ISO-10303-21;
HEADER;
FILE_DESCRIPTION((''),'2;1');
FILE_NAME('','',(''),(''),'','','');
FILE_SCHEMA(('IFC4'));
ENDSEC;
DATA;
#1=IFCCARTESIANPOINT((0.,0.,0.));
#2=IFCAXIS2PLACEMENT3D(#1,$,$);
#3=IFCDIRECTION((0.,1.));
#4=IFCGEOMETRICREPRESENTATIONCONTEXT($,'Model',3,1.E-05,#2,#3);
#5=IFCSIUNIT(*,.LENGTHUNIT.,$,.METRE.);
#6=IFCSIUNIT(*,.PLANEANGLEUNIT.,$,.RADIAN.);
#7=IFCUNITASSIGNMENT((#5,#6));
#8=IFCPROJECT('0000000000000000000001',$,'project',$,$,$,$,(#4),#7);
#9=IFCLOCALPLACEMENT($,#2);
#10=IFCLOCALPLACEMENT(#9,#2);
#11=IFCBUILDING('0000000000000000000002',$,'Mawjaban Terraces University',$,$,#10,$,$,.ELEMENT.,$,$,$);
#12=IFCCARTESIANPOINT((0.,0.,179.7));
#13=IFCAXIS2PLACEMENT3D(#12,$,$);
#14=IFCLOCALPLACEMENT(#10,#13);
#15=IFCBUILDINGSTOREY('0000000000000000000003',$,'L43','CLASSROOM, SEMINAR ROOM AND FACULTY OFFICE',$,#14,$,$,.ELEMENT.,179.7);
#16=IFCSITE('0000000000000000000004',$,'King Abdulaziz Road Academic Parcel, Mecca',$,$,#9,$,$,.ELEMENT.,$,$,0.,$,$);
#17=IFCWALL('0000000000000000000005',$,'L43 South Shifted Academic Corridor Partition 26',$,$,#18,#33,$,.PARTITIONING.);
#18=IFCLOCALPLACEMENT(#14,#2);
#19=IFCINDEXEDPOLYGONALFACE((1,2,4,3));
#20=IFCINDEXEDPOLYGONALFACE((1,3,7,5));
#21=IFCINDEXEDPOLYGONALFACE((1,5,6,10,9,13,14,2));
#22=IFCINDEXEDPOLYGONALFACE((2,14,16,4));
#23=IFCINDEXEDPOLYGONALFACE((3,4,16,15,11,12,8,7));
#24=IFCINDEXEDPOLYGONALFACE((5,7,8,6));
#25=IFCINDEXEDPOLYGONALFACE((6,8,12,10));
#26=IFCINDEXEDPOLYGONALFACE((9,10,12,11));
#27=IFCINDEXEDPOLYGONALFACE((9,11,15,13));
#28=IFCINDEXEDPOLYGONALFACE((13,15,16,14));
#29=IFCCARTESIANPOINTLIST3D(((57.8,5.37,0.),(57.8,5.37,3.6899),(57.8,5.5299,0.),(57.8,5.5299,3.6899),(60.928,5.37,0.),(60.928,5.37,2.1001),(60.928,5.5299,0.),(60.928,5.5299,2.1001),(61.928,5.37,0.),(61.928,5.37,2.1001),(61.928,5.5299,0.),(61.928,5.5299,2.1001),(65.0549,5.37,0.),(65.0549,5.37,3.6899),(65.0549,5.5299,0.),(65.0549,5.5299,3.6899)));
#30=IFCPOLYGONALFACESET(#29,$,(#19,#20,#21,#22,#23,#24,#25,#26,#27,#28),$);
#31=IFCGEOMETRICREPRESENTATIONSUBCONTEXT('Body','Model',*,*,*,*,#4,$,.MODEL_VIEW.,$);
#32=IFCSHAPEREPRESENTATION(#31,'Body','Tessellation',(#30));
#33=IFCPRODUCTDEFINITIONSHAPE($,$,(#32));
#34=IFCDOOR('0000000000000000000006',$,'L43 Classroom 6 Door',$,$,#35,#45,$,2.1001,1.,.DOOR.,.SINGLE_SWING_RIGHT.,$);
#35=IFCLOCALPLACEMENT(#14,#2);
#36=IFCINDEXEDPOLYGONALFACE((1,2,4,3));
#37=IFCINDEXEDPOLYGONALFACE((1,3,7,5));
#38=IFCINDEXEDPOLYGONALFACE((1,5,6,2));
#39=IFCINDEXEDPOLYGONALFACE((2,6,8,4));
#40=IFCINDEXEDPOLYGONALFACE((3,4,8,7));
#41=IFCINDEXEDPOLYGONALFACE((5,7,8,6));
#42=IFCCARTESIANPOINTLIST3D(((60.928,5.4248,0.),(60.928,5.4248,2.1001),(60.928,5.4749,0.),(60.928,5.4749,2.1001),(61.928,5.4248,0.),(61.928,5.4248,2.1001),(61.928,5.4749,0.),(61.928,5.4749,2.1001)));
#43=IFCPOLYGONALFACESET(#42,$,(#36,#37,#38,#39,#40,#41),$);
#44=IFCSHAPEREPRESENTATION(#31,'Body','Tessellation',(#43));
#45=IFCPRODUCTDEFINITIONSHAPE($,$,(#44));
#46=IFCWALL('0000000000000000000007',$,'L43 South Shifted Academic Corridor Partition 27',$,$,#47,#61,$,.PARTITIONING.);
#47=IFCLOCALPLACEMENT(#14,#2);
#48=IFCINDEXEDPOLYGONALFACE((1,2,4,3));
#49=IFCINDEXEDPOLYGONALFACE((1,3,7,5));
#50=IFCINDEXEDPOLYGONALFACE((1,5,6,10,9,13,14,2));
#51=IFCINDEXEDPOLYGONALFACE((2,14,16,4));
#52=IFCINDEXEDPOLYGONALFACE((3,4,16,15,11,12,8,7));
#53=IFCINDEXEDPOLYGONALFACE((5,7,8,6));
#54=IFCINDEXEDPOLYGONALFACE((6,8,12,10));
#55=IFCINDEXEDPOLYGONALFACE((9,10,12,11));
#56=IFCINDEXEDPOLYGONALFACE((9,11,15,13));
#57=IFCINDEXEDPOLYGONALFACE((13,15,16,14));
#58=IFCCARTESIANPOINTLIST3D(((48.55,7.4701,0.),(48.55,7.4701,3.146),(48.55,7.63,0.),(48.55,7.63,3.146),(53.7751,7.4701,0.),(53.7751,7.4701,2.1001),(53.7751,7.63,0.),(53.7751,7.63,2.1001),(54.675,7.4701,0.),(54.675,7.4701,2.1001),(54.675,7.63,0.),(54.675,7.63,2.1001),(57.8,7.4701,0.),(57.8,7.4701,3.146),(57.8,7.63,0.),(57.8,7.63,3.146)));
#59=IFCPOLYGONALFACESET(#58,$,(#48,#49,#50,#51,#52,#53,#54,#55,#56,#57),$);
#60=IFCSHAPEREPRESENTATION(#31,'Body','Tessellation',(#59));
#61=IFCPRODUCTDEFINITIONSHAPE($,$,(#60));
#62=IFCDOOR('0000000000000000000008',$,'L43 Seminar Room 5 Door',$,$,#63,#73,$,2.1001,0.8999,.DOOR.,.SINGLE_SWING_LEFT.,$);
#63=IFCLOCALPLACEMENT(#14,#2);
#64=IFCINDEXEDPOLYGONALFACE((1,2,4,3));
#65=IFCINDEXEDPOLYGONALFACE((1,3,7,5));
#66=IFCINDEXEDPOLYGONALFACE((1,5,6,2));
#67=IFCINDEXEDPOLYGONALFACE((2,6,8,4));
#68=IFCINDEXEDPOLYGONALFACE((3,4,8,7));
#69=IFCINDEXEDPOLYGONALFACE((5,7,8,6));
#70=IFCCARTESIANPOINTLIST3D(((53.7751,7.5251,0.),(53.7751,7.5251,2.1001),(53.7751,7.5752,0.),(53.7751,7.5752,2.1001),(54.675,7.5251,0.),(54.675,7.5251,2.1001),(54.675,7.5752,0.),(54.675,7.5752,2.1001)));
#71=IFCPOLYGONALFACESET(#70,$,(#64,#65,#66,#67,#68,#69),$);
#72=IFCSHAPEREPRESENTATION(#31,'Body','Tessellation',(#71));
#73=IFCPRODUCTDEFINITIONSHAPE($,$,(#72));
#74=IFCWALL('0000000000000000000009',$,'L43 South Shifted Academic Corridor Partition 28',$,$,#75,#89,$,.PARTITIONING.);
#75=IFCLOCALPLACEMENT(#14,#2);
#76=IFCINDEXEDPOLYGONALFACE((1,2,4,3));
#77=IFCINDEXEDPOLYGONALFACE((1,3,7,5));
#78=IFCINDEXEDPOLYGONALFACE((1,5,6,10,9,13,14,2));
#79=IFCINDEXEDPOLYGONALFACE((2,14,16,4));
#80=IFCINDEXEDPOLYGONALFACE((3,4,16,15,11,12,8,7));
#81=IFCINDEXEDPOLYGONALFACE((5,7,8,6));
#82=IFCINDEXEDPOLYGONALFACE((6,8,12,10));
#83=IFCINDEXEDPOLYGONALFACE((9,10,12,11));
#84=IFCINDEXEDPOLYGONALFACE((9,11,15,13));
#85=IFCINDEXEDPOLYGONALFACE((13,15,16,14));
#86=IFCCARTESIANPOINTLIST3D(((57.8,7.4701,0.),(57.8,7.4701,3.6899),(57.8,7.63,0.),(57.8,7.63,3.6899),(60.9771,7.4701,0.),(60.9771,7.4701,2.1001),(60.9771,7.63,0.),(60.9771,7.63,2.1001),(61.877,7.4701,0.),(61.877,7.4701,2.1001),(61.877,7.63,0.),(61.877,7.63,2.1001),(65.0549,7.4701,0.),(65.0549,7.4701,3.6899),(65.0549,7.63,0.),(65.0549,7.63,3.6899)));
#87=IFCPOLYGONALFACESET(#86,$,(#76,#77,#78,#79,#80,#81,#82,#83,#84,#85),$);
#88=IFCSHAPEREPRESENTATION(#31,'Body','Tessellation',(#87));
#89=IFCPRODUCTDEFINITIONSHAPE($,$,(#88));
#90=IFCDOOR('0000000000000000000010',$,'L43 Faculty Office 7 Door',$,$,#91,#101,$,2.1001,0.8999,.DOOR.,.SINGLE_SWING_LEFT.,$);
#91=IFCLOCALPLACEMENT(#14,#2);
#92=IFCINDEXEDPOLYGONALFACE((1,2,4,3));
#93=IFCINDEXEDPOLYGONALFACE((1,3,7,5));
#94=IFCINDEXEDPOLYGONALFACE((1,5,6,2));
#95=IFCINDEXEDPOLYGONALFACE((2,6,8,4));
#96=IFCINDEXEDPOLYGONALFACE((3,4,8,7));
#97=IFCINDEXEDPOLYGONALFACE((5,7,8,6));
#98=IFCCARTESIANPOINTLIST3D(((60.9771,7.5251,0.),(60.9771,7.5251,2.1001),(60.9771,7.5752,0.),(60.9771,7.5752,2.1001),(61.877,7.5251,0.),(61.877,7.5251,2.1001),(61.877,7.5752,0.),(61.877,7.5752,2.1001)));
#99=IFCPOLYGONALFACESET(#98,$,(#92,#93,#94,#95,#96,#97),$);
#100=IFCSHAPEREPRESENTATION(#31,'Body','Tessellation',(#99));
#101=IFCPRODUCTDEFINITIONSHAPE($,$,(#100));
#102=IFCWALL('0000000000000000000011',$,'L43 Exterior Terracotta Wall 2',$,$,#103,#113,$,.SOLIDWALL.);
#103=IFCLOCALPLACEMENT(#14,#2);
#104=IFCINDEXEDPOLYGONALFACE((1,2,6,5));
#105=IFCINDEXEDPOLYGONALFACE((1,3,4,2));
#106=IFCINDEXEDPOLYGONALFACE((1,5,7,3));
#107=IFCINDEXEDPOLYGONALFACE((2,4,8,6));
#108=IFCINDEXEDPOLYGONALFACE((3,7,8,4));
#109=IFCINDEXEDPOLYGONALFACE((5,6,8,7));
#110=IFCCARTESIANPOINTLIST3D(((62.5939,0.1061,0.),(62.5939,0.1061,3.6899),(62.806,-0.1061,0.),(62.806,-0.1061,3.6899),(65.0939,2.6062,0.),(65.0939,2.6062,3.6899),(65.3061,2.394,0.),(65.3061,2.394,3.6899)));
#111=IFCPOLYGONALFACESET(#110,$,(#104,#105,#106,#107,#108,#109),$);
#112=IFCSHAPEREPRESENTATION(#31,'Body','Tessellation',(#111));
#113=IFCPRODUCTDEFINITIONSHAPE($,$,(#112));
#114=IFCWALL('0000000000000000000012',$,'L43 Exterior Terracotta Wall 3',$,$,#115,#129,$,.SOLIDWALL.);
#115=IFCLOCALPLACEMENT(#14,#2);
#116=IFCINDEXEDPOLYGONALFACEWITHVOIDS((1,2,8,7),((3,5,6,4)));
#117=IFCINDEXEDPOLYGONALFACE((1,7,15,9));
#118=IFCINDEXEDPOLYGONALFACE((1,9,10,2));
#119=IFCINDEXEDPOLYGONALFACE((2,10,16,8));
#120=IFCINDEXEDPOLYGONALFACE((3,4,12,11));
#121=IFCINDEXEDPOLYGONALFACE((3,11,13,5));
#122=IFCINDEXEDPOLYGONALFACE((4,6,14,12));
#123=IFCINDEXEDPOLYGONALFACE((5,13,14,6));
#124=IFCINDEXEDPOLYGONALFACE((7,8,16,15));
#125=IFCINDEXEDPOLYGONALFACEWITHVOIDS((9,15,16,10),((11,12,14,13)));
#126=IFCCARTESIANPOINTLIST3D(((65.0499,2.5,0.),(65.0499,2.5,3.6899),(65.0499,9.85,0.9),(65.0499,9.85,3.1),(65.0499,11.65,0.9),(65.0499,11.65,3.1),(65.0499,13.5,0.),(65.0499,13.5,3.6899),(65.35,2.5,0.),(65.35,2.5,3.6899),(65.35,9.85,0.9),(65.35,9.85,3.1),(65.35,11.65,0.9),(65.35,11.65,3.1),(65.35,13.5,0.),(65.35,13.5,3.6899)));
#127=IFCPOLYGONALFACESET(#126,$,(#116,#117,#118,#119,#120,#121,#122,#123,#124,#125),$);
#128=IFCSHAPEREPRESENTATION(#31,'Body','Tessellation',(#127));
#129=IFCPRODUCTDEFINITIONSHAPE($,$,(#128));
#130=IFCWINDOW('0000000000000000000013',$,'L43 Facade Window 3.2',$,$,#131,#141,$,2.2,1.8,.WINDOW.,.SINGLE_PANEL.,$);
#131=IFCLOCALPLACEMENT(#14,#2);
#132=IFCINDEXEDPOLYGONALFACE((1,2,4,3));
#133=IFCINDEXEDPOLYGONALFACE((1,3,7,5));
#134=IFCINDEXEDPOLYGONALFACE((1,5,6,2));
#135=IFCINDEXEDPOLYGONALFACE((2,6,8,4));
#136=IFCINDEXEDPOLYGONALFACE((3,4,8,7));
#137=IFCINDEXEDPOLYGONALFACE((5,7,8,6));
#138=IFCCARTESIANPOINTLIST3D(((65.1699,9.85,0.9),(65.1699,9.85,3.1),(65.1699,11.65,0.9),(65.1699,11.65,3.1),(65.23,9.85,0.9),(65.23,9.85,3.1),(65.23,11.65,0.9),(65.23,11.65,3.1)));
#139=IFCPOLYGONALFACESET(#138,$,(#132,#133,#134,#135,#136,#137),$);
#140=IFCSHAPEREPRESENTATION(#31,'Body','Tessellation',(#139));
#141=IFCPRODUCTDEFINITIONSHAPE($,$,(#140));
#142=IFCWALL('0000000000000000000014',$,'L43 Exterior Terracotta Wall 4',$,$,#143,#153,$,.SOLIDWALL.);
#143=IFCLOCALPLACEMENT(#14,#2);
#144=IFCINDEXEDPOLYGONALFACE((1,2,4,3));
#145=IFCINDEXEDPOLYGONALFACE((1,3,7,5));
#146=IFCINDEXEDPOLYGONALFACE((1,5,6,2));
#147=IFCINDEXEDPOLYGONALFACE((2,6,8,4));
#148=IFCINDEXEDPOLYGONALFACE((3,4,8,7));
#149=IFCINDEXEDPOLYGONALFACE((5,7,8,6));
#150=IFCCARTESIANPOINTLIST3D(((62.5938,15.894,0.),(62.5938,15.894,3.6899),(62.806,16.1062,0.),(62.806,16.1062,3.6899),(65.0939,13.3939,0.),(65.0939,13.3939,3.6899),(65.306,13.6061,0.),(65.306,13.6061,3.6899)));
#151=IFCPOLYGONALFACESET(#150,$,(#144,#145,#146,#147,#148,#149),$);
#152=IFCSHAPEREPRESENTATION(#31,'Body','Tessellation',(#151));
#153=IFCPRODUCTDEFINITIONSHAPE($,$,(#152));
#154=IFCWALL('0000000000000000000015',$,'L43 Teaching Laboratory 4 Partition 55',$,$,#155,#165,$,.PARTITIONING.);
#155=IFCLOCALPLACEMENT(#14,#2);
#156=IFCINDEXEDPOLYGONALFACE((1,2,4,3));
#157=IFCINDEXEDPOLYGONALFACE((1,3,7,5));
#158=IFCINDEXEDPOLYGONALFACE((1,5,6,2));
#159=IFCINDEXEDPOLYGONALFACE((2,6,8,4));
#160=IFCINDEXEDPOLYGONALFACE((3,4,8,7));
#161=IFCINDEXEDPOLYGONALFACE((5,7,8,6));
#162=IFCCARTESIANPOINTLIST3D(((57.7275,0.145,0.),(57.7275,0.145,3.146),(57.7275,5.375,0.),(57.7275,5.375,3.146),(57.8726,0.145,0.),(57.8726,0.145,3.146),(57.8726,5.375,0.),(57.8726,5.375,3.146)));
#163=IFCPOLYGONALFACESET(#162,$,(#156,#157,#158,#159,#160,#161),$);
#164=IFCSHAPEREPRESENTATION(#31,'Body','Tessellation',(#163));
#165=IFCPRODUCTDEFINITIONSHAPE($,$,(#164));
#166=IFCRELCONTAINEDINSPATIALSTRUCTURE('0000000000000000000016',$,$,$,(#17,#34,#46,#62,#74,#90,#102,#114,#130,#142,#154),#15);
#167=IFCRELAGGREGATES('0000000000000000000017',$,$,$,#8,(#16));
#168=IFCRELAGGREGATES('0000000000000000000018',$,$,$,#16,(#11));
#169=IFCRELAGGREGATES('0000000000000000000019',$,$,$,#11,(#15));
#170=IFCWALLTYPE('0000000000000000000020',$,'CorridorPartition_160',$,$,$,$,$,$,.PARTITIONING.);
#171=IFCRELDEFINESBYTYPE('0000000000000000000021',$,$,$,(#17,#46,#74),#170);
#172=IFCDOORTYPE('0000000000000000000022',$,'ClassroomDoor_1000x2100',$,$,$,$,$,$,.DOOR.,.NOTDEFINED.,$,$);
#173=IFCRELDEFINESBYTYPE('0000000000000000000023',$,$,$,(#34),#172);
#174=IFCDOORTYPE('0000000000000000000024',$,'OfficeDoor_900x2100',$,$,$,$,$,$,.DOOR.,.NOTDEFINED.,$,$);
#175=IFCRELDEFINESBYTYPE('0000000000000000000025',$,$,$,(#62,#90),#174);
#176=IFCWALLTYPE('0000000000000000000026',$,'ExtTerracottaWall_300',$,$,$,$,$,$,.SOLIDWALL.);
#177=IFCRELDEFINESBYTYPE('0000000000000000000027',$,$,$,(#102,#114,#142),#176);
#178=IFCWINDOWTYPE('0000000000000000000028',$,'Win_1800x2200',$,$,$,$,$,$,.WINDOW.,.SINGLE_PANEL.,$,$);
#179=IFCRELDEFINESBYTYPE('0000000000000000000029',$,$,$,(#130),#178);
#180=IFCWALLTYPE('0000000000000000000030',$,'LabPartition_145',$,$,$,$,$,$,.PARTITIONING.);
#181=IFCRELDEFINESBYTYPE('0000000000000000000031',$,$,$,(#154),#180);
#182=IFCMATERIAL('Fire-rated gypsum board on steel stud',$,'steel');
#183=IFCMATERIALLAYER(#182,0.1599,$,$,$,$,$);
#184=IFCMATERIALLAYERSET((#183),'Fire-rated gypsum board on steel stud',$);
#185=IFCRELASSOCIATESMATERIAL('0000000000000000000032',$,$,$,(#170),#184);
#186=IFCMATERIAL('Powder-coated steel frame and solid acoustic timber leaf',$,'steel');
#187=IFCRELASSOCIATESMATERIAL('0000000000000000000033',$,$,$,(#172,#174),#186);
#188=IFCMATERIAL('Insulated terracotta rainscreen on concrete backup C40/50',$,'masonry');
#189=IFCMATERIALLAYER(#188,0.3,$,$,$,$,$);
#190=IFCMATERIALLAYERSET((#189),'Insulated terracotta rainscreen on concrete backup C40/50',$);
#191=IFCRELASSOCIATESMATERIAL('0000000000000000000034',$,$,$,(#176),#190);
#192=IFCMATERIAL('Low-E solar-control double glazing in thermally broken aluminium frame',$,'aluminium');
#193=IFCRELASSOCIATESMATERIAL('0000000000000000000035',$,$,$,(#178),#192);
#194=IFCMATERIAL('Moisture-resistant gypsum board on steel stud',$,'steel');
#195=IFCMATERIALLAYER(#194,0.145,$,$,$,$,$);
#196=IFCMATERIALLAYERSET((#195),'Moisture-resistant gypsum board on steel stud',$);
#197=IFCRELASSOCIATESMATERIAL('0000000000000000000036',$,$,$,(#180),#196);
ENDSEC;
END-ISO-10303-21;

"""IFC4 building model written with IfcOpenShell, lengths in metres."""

from ifc_helpers import new_model, si_unit, direction, frame, frame_2d, origin, place, context, subcontext, project, spatial, rectangle, extrude, material, layer, layer_set, type_object, element, fill, save


model = new_model("IFC4")

# Units and contexts
model_context = context("Model", 3, precision=1e-05, world=origin(), true_north=direction((0.0, 1.0)))
body_context = subcontext(model_context, "Body", "Model", "MODEL_VIEW")
ifc_project = project(units=[si_unit("LENGTHUNIT", "METRE"), si_unit("PLANEANGLEUNIT", "RADIAN")], contexts=[model_context])

# Site, building, storey
site_placement = place(None, origin())
site = spatial("IfcSite", under=ifc_project, at=site_placement, Name="King Abdulaziz Road Academic Parcel, Mecca", CompositionType="ELEMENT", RefElevation=0.0)
building_placement = place(site_placement, origin())
building = spatial("IfcBuilding", under=site, at=building_placement, Name="Mawjaban Terraces University", CompositionType="ELEMENT")
storey_placement = place(building_placement, frame((0.0, 0.0, 179.7)))
storey = spatial("IfcBuildingStorey", under=building, at=storey_placement, Name="L43", Description="CLASSROOM, SEMINAR ROOM AND FACULTY OFFICE", CompositionType="ELEMENT", Elevation=179.7)

# Walls, openings, doors
ifc_material_1 = material(Name="Fire-rated gypsum board on steel stud", Category="steel")
ifc_layer_1 = layer(ifc_material_1, 0.1599)
ifc_layer_set_1 = layer_set([ifc_layer_1], Name="Fire-rated gypsum board on steel stud")
wall_type_1 = type_object("IfcWallType", Name="CorridorPartition_160", PredefinedType="PARTITIONING", material=ifc_layer_set_1)
wall_1_placement = place(storey_placement, frame((57.8, 5.45, 0.0), z_axis=(0.0, 0.0, 1.0), x_axis=(1.0, 0.0, 0.0)))
wall_1 = element("IfcWall", 1, at=wall_1_placement, inside=storey, type_object=wall_type_1, Name="L43 South Shifted Academic Corridor Partition 26", PredefinedType="PARTITIONING", context=body_context, shape_type="SweptSolid", body=[
    extrude(rectangle(XDim=7.2549, YDim=0.1599, at=frame_2d((3.6274, 0.0))), origin(), (0.0, 0.0, 1.0), 3.6899),
])
opening_1_placement = place(wall_1_placement, frame((3.1279, 0.0, 0.0)))
opening_1 = element("IfcOpeningElement", 2, at=opening_1_placement, cuts=wall_1, PredefinedType="OPENING", context=body_context, shape_type="SweptSolid", body=[
    extrude(rectangle(XDim=1.0, YDim=2.1001, at=frame_2d((0.5, 1.05))), frame((0.0, 0.0898, 0.0), z_axis=(0.0, -1.0, 0.0), x_axis=(1.0, 0.0, 0.0)), (0.0, 0.0, 1.0), 0.1799),
])
ifc_material_2 = material(Name="Powder-coated steel frame and solid acoustic timber leaf", Category="steel")
door_type_1 = type_object("IfcDoorType", Name="ClassroomDoor_1000x2100", OperationType="NOTDEFINED", PredefinedType="DOOR", material=ifc_material_2)
door_1_placement = place(opening_1_placement, origin())
door_1 = element("IfcDoor", 3, at=door_1_placement, inside=storey, type_object=door_type_1, Name="L43 Classroom 6 Door", OperationType="SINGLE_SWING_RIGHT", OverallHeight=2.1001, OverallWidth=1.0, PredefinedType="DOOR", context=body_context, shape_type="SweptSolid", body=[
    extrude(rectangle(XDim=1.0, YDim=2.1001, at=frame_2d((0.5, 1.05))), frame((0.0, 0.0249, 0.0), z_axis=(0.0, -1.0, 0.0), x_axis=(1.0, 0.0, 0.0)), (0.0, 0.0, 1.0), 0.05),
])
fill(opening_1, door_1)
wall_2_placement = place(storey_placement, frame((57.8, 7.55, 0.0), z_axis=(0.0, 0.0, 1.0), x_axis=(-1.0, 0.0, 0.0)))
wall_2 = element("IfcWall", 4, at=wall_2_placement, inside=storey, type_object=wall_type_1, Name="L43 South Shifted Academic Corridor Partition 27", PredefinedType="PARTITIONING", context=body_context, shape_type="SweptSolid", body=[
    extrude(rectangle(XDim=9.25, YDim=0.1599, at=frame_2d((4.625, 0.0))), origin(), (0.0, 0.0, 1.0), 3.146),
])
opening_2_placement = place(wall_2_placement, frame((3.125, 0.0, 0.0)))
opening_2 = element("IfcOpeningElement", 5, at=opening_2_placement, cuts=wall_2, PredefinedType="OPENING", context=body_context, shape_type="SweptSolid", body=[
    extrude(rectangle(XDim=0.8999, YDim=2.1001, at=frame_2d((0.45, 1.05))), frame((0.0, 0.0898, 0.0), z_axis=(0.0, -1.0, 0.0), x_axis=(1.0, 0.0, 0.0)), (0.0, 0.0, 1.0), 0.1799),
])
door_type_2 = type_object("IfcDoorType", Name="OfficeDoor_900x2100", OperationType="NOTDEFINED", PredefinedType="DOOR", material=ifc_material_2)
door_2_placement = place(opening_2_placement, origin())
door_2 = element("IfcDoor", 6, at=door_2_placement, inside=storey, type_object=door_type_2, Name="L43 Seminar Room 5 Door", OperationType="SINGLE_SWING_LEFT", OverallHeight=2.1001, OverallWidth=0.8999, PredefinedType="DOOR", context=body_context, shape_type="SweptSolid", body=[
    extrude(rectangle(XDim=0.8999, YDim=2.1001, at=frame_2d((0.45, 1.05))), frame((0.0, 0.0249, 0.0), z_axis=(0.0, -1.0, 0.0), x_axis=(1.0, 0.0, 0.0)), (0.0, 0.0, 1.0), 0.05),
])
fill(opening_2, door_2)
wall_3_placement = place(storey_placement, frame((65.0549, 7.55, 0.0), z_axis=(0.0, 0.0, 1.0), x_axis=(-1.0, 0.0, 0.0)))
wall_3 = element("IfcWall", 7, at=wall_3_placement, inside=storey, type_object=wall_type_1, Name="L43 South Shifted Academic Corridor Partition 28", PredefinedType="PARTITIONING", context=body_context, shape_type="SweptSolid", body=[
    extrude(rectangle(XDim=7.2549, YDim=0.1599, at=frame_2d((3.6274, 0.0))), origin(), (0.0, 0.0, 1.0), 3.6899),
])
opening_3_placement = place(wall_3_placement, frame((3.178, 0.0, 0.0)))
opening_3 = element("IfcOpeningElement", 8, at=opening_3_placement, cuts=wall_3, PredefinedType="OPENING", context=body_context, shape_type="SweptSolid", body=[
    extrude(rectangle(XDim=0.8999, YDim=2.1001, at=frame_2d((0.45, 1.05))), frame((0.0, 0.0898, 0.0), z_axis=(0.0, -1.0, 0.0), x_axis=(1.0, 0.0, 0.0)), (0.0, 0.0, 1.0), 0.1799),
])
door_3_placement = place(opening_3_placement, origin())
door_3 = element("IfcDoor", 9, at=door_3_placement, inside=storey, type_object=door_type_2, Name="L43 Faculty Office 7 Door", OperationType="SINGLE_SWING_LEFT", OverallHeight=2.1001, OverallWidth=0.8999, PredefinedType="DOOR", context=body_context, shape_type="SweptSolid", body=[
    extrude(rectangle(XDim=0.8999, YDim=2.1001, at=frame_2d((0.45, 1.05))), frame((0.0, 0.0249, 0.0), z_axis=(0.0, -1.0, 0.0), x_axis=(1.0, 0.0, 0.0)), (0.0, 0.0, 1.0), 0.05),
])
fill(opening_3, door_3)

# Wall
ifc_material_3 = material(Name="Insulated terracotta rainscreen on concrete backup C40/50", Category="masonry")
ifc_layer_2 = layer(ifc_material_3, 0.3)
ifc_layer_set_2 = layer_set([ifc_layer_2], Name="Insulated terracotta rainscreen on concrete backup C40/50")
wall_type_2 = type_object("IfcWallType", Name="ExtTerracottaWall_300", PredefinedType="SOLIDWALL", material=ifc_layer_set_2)
wall_4_placement = place(storey_placement, frame((62.7, 0.0, 0.0), z_axis=(0.0, 0.0, 1.0), x_axis=(0.707107, 0.707107, 0.0)))
element("IfcWall", 10, at=wall_4_placement, inside=storey, type_object=wall_type_2, Name="L43 Exterior Terracotta Wall 2", PredefinedType="SOLIDWALL", context=body_context, shape_type="SweptSolid", body=[
    extrude(rectangle(XDim=3.5356, YDim=0.3, at=frame_2d((1.7678, 0.0))), origin(), (0.0, 0.0, 1.0), 3.6899),
])

# Wall, opening, window
wall_5_placement = place(storey_placement, frame((65.2, 2.5, 0.0), z_axis=(0.0, 0.0, 1.0), x_axis=(0.0, 1.0, 0.0)))
wall_5 = element("IfcWall", 11, at=wall_5_placement, inside=storey, type_object=wall_type_2, Name="L43 Exterior Terracotta Wall 3", PredefinedType="SOLIDWALL", context=body_context, shape_type="SweptSolid", body=[
    extrude(rectangle(XDim=11.0, YDim=0.3, at=frame_2d((5.5, 0.0))), origin(), (0.0, 0.0, 1.0), 3.6899),
])
opening_4_placement = place(wall_5_placement, frame((7.3501, 0.0, 0.8999)))
opening_4 = element("IfcOpeningElement", 12, at=opening_4_placement, cuts=wall_5, PredefinedType="OPENING", context=body_context, shape_type="SweptSolid", body=[
    extrude(rectangle(XDim=1.8, YDim=2.2, at=frame_2d((0.8999, 1.1001))), frame((0.0, 0.1599, 0.0), z_axis=(0.0, -1.0, 0.0), x_axis=(1.0, 0.0, 0.0)), (0.0, 0.0, 1.0), 0.3201),
])
ifc_material_4 = material(Name="Low-E solar-control double glazing in thermally broken aluminium frame", Category="aluminium")
window_type = type_object("IfcWindowType", Name="Win_1800x2200", PartitioningType="SINGLE_PANEL", PredefinedType="WINDOW", material=ifc_material_4)
window_placement = place(opening_4_placement, origin())
window = element("IfcWindow", 13, at=window_placement, inside=storey, type_object=window_type, Name="L43 Facade Window 3.2", OverallHeight=2.2, OverallWidth=1.8, PartitioningType="SINGLE_PANEL", PredefinedType="WINDOW", context=body_context, shape_type="SweptSolid", body=[
    extrude(rectangle(XDim=1.8, YDim=2.2, at=frame_2d((0.8999, 1.1001))), frame((0.0, 0.03, 0.0), z_axis=(0.0, -1.0, 0.0), x_axis=(1.0, 0.0, 0.0)), (0.0, 0.0, 1.0), 0.0601),
])
fill(opening_4, window)

# Walls
wall_6_placement = place(storey_placement, frame((65.2, 13.5, 0.0), z_axis=(0.0, 0.0, 1.0), x_axis=(-0.707107, 0.707107, 0.0)))
element("IfcWall", 14, at=wall_6_placement, inside=storey, type_object=wall_type_2, Name="L43 Exterior Terracotta Wall 4", PredefinedType="SOLIDWALL", context=body_context, shape_type="SweptSolid", body=[
    extrude(rectangle(XDim=3.5356, YDim=0.3, at=frame_2d((1.7678, 0.0))), origin(), (0.0, 0.0, 1.0), 3.6899),
])
ifc_material_5 = material(Name="Moisture-resistant gypsum board on steel stud", Category="steel")
ifc_layer_3 = layer(ifc_material_5, 0.145)
ifc_layer_set_3 = layer_set([ifc_layer_3], Name="Moisture-resistant gypsum board on steel stud")
wall_type_3 = type_object("IfcWallType", Name="LabPartition_145", PredefinedType="PARTITIONING", material=ifc_layer_set_3)
wall_7_placement = place(storey_placement, frame((57.8, 0.145, 0.0), z_axis=(0.0, 0.0, 1.0), x_axis=(0.0, 1.0, 0.0)))
element("IfcWall", 15, at=wall_7_placement, inside=storey, type_object=wall_type_3, Name="L43 Teaching Laboratory 4 Partition 55", PredefinedType="PARTITIONING", context=body_context, shape_type="SweptSolid", body=[
    extrude(rectangle(XDim=5.23, YDim=0.145, at=frame_2d((2.615, 0.0))), origin(), (0.0, 0.0, 1.0), 3.146),
])

save(model, "model.ifc")
